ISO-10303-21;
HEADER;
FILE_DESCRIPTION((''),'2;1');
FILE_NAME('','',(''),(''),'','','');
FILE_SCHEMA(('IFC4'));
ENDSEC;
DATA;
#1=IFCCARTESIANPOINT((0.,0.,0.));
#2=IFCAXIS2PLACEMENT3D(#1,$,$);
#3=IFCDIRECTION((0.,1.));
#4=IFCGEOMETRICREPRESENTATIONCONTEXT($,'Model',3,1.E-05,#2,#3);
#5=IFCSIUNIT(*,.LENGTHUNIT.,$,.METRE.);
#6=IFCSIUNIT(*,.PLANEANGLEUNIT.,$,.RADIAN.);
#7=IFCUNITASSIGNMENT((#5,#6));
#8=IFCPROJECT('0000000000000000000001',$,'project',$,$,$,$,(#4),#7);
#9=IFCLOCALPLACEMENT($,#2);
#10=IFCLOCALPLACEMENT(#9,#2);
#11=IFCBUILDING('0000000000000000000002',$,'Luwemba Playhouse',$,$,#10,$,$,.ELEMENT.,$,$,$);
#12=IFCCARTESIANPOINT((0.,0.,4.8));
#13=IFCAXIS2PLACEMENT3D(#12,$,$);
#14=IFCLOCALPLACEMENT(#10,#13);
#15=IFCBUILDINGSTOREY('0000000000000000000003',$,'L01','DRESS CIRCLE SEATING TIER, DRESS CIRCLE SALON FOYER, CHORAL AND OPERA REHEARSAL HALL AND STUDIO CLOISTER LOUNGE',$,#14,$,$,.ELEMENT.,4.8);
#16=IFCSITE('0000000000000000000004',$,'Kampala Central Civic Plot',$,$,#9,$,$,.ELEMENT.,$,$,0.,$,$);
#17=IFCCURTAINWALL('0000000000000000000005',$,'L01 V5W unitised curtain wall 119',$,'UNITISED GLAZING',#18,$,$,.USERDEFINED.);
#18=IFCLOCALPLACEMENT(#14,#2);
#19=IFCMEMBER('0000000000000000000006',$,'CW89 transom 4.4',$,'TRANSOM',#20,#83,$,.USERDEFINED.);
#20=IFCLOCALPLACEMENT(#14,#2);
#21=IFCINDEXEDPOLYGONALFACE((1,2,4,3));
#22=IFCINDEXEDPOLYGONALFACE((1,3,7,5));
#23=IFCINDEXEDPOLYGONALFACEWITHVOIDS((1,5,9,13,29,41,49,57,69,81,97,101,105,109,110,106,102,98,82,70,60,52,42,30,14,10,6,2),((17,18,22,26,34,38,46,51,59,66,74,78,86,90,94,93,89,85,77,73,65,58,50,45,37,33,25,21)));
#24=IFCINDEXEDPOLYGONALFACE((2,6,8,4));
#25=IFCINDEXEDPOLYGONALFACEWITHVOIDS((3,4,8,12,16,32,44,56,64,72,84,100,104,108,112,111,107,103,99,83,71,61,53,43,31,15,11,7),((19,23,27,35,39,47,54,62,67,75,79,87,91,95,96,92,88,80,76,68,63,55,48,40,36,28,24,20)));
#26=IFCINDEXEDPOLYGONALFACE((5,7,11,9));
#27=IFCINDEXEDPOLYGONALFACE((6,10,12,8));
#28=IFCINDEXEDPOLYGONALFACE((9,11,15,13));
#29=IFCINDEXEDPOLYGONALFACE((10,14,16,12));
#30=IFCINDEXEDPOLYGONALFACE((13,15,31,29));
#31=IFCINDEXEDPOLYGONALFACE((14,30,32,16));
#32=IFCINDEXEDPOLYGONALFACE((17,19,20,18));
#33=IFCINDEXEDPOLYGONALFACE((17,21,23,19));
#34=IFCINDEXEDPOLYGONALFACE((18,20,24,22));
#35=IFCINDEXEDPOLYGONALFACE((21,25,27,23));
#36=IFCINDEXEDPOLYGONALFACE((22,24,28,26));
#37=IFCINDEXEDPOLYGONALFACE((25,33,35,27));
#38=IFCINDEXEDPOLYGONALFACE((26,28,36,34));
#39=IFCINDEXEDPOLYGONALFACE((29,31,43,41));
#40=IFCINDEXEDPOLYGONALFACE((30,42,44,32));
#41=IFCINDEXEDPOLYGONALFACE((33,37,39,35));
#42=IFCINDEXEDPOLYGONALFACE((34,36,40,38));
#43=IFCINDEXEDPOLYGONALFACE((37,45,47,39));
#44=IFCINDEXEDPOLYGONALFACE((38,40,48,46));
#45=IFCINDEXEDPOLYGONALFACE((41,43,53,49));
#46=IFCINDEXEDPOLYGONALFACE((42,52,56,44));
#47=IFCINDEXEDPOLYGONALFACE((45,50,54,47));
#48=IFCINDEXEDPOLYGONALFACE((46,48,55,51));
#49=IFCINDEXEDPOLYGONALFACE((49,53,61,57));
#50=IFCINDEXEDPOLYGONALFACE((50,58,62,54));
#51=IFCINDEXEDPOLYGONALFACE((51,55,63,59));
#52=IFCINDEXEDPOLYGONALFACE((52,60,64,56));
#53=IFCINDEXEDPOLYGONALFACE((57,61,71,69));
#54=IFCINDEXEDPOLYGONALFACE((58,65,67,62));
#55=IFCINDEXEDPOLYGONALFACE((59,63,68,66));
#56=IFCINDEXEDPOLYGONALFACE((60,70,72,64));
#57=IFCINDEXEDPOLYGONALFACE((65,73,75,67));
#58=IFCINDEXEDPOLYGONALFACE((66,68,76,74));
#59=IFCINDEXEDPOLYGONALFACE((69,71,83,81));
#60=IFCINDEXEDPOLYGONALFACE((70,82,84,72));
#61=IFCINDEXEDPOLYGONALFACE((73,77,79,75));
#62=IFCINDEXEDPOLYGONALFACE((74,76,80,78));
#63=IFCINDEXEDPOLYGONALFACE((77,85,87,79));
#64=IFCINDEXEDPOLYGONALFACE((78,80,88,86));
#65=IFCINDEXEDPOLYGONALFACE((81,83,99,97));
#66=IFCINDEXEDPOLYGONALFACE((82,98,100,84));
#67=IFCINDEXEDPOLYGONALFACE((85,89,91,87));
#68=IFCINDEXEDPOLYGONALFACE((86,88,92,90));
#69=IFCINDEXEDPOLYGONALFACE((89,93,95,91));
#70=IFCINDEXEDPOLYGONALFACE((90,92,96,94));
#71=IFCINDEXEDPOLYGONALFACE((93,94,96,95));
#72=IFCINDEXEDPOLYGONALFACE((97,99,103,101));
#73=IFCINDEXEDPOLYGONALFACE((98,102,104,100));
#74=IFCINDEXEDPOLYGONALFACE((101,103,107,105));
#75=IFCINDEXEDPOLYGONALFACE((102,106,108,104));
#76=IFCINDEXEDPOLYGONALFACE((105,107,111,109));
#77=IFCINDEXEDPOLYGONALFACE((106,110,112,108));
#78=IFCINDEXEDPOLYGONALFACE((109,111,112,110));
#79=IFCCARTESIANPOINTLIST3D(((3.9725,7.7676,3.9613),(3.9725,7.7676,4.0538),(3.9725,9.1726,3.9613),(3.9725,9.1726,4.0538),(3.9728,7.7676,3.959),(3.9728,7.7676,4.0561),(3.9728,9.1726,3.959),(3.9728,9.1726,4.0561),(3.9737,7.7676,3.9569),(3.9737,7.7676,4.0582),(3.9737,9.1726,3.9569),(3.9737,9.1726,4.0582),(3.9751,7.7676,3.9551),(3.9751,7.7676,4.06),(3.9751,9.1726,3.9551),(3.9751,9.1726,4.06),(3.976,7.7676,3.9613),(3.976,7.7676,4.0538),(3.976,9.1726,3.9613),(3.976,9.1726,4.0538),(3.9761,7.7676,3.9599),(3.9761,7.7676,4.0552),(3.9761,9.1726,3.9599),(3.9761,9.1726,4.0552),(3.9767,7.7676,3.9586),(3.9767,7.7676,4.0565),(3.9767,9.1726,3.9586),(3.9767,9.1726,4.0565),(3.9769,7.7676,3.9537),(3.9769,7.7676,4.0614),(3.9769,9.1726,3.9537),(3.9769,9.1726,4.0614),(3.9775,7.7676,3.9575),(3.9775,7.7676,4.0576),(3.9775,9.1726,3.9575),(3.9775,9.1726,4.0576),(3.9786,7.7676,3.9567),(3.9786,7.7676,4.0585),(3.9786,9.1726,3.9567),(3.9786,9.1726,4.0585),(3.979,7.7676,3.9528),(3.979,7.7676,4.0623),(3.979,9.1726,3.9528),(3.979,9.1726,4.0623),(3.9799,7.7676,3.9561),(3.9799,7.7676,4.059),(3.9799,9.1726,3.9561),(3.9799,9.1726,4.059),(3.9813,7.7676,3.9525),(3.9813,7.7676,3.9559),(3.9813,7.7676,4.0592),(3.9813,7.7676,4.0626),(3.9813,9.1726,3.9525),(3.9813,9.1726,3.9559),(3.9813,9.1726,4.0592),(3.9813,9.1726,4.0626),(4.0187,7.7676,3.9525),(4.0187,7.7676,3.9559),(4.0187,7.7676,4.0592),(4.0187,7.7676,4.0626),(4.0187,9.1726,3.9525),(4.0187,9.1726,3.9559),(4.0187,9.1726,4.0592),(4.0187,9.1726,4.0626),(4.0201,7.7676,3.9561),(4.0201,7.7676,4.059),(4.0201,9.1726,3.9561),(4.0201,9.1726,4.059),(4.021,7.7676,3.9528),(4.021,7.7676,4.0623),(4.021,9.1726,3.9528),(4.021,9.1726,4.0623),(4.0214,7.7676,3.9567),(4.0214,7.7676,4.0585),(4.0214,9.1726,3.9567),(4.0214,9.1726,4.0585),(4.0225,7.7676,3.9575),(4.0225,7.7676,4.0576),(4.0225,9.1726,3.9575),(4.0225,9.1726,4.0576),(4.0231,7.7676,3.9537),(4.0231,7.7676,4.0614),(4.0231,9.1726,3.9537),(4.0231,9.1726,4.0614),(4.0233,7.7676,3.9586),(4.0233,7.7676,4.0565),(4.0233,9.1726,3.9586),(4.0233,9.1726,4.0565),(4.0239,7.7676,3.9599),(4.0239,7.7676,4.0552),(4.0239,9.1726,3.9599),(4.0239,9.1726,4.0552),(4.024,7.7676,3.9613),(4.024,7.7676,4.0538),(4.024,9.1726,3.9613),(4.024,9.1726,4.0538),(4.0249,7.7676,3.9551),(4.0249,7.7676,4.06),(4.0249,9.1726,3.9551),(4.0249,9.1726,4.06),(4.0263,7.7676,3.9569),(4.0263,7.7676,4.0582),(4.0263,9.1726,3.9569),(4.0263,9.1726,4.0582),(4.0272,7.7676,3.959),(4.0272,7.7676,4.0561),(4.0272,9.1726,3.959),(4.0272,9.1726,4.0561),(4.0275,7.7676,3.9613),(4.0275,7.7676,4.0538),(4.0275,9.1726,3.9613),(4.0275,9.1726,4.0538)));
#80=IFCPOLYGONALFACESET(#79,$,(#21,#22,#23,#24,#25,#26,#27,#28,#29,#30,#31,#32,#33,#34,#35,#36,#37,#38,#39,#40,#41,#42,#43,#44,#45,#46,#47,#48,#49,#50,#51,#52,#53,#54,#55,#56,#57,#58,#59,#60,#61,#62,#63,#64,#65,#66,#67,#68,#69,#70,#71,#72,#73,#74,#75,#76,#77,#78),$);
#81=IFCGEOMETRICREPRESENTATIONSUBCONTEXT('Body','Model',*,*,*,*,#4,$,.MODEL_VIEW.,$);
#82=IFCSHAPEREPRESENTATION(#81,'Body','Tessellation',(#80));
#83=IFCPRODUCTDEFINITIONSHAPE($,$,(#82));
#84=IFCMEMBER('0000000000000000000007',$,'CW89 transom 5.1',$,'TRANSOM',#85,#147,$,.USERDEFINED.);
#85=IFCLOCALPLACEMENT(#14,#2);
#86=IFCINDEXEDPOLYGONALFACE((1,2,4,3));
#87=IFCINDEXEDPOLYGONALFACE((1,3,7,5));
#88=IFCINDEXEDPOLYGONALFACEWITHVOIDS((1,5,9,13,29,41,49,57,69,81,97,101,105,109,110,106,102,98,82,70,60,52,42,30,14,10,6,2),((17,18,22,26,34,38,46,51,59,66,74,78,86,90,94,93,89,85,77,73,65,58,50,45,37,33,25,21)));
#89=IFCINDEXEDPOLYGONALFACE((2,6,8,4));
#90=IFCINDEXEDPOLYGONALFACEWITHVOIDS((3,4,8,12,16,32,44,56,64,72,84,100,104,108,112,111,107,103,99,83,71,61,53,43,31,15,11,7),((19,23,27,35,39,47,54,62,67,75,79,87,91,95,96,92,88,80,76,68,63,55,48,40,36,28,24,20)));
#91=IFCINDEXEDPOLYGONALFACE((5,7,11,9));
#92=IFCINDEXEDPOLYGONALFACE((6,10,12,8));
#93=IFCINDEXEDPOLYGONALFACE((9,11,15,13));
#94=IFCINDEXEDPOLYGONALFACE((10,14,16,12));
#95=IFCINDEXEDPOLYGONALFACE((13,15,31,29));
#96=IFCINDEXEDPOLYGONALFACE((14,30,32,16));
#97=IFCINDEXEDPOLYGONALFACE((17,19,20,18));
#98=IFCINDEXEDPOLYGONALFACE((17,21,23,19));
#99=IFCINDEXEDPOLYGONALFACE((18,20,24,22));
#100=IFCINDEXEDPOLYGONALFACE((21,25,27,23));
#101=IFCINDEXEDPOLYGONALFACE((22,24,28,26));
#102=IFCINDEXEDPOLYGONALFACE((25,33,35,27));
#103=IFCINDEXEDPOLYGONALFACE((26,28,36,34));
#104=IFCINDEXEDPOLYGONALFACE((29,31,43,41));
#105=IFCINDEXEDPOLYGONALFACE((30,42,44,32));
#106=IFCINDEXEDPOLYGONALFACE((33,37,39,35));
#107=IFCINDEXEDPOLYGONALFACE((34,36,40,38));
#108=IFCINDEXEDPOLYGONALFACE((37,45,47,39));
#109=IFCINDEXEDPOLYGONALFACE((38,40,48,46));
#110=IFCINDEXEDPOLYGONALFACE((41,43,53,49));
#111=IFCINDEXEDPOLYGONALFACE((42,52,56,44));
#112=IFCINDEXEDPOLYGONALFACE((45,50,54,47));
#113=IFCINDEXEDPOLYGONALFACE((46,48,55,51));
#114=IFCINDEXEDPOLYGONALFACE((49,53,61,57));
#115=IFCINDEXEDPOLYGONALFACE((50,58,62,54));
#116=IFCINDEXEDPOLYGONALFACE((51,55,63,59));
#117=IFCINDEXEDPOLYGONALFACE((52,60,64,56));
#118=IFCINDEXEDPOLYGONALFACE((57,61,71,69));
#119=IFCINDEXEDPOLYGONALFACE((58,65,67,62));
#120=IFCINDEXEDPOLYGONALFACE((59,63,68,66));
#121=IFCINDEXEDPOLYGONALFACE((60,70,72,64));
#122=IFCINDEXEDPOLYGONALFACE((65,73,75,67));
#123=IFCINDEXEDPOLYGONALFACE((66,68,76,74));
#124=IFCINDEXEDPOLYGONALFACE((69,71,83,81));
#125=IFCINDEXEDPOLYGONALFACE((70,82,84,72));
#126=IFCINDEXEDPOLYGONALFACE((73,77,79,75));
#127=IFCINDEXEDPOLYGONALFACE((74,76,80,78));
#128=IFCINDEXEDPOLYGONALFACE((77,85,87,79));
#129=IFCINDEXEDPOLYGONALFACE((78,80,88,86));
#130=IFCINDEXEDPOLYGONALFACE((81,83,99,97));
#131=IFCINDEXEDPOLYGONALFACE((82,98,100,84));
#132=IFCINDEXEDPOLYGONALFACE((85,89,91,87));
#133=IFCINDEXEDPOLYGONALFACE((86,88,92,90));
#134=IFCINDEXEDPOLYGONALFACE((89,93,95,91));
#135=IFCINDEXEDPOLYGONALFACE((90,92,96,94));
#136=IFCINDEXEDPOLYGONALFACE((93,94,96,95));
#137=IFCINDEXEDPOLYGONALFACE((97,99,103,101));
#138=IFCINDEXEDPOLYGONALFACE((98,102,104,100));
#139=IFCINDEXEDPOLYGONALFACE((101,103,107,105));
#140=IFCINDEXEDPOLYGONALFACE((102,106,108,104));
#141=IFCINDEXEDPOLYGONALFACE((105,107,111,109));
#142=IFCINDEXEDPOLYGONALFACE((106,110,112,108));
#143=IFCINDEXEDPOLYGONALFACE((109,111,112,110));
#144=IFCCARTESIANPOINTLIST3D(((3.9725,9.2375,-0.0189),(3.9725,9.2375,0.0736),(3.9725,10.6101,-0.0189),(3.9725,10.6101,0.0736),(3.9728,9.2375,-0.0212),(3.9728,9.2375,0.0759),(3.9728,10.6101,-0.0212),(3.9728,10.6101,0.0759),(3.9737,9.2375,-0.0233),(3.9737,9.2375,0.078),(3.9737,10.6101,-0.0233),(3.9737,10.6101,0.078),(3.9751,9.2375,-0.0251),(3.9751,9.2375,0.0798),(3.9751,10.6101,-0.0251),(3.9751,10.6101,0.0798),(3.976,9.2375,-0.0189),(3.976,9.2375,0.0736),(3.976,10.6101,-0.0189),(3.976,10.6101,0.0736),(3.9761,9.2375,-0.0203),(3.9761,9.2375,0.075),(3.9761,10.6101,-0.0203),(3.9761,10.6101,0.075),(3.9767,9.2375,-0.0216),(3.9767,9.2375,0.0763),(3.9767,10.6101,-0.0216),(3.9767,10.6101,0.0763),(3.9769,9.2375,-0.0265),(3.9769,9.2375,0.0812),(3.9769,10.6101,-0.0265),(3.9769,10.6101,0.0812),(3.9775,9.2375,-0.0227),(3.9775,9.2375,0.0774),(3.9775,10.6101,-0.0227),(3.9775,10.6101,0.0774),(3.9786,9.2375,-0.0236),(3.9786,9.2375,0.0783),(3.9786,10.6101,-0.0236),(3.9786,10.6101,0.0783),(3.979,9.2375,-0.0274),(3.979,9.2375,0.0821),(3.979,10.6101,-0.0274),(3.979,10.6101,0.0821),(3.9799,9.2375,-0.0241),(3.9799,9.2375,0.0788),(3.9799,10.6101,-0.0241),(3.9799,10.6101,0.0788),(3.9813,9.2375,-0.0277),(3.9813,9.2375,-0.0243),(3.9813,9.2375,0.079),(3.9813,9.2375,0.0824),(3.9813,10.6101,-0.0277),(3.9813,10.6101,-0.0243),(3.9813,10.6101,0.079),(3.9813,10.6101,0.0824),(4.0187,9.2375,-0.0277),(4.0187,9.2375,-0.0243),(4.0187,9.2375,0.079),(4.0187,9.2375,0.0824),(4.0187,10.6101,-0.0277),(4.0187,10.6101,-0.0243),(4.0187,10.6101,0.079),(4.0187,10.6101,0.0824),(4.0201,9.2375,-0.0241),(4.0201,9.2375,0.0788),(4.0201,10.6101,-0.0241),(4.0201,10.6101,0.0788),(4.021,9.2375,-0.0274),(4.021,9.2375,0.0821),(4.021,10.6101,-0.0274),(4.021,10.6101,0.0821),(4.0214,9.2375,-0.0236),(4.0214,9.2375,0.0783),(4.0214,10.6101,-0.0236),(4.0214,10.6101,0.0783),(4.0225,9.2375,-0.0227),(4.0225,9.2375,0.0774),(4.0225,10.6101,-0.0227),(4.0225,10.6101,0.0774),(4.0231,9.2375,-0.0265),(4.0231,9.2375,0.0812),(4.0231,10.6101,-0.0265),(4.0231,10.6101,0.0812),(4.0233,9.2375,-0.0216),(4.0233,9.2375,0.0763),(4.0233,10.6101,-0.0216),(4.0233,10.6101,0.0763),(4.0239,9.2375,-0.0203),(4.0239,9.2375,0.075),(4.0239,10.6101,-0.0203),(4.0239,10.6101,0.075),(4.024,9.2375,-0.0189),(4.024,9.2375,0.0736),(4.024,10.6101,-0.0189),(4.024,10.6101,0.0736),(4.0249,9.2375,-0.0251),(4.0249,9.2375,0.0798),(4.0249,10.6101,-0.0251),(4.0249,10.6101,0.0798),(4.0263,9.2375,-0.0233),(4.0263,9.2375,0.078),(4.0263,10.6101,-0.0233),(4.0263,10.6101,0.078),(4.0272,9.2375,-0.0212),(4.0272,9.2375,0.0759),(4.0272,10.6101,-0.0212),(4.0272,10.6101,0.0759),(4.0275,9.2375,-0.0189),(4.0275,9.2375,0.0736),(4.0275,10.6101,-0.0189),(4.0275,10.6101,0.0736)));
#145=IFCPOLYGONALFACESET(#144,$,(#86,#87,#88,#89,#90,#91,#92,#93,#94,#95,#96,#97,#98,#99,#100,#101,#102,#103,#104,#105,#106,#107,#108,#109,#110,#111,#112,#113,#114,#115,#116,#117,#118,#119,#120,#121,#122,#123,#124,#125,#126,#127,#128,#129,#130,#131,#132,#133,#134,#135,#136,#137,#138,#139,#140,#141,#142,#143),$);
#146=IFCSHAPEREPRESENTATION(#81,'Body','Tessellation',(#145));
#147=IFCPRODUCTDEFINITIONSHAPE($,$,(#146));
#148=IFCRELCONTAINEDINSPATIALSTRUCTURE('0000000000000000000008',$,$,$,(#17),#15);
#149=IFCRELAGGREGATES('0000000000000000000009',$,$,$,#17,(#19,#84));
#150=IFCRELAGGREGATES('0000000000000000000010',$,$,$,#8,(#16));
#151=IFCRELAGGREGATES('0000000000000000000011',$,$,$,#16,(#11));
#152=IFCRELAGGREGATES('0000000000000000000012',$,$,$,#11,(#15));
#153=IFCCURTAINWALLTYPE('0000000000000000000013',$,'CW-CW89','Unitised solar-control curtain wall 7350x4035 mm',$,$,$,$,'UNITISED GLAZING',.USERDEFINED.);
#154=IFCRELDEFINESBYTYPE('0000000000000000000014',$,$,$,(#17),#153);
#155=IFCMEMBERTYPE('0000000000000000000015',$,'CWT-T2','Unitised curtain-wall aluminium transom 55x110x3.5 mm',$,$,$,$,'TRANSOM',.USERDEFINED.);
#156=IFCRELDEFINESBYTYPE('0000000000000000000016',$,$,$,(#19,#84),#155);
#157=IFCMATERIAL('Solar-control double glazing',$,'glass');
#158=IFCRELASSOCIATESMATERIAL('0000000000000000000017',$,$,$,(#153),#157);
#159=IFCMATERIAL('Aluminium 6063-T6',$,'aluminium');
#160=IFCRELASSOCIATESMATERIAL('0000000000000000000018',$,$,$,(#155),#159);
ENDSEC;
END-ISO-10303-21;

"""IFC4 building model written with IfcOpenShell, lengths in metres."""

from ifc_helpers import new_model, si_unit, direction, frame, origin, origin_2d, place, context, subcontext, project, spatial, hollow_rectangle, extrude, material, material_profile, profile_set, type_object, element, aggregate, save


model = new_model("IFC4")

# Units and contexts
model_context = context("Model", 3, precision=1e-05, world=origin(), true_north=direction((0.0, 1.0)))
body_context = subcontext(model_context, "Body", "Model", "MODEL_VIEW")
ifc_project = project(units=[si_unit("LENGTHUNIT", "METRE"), si_unit("PLANEANGLEUNIT", "RADIAN")], contexts=[model_context])

# Site, building, storey
site_placement = place(None, origin())
site = spatial("IfcSite", under=ifc_project, at=site_placement, Name="Kampala Central Civic Plot", CompositionType="ELEMENT", RefElevation=0.0)
building_placement = place(site_placement, origin())
building = spatial("IfcBuilding", under=site, at=building_placement, Name="Luwemba Playhouse", CompositionType="ELEMENT")
storey_placement = place(building_placement, frame((0.0, 0.0, 4.8)))
storey = spatial("IfcBuildingStorey", under=building, at=storey_placement, Name="L01", Description="DRESS CIRCLE SEATING TIER, DRESS CIRCLE SALON FOYER, CHORAL AND OPERA REHEARSAL HALL AND STUDIO CLOISTER LOUNGE", CompositionType="ELEMENT", Elevation=4.8)

# Curtain wall, members
ifc_material_1 = material(Name="Solar-control double glazing", Category="glass")
curtain_wall_type = type_object("IfcCurtainWallType", Name="CW-CW89", Description="Unitised solar-control curtain wall 7350x4035 mm", ElementType="UNITISED GLAZING", PredefinedType="USERDEFINED", material=ifc_material_1)
curtain_wall_placement = place(storey_placement, origin())
curtain_wall = element("IfcCurtainWall", 1, at=curtain_wall_placement, inside=storey, type_object=curtain_wall_type, Name="L01 V5W unitised curtain wall 119", ObjectType="UNITISED GLAZING", PredefinedType="USERDEFINED")
ifc_material_2 = material(Name="Aluminium 6063-T6", Category="aluminium")
ifc_material_profile_1 = material_profile(ifc_material_2, hollow_rectangle(XDim=0.0549, YDim=0.1101, WallThickness=0.0034, InnerFilletRadius=0.0054, OuterFilletRadius=0.0088, at=origin_2d()))
ifc_profile_set_1 = profile_set([ifc_material_profile_1], Name="Aluminium 6063-T6")
member_type_1 = type_object("IfcMemberType", Name="CWT-T2", Description="Unitised curtain-wall aluminium transom 55x110x3.5 mm", ElementType="TRANSOM", PredefinedType="USERDEFINED", material=ifc_profile_set_1)
member_1_placement = place(storey_placement, frame((4.0, 7.7676, 4.0076), z_axis=(0.0, 1.0, 0.0), x_axis=(-1.0, 0.0, 0.0)))
member_1 = element("IfcMember", 2, at=member_1_placement, type_object=member_type_1, Name="CW89 transom 4.4", ObjectType="TRANSOM", PredefinedType="USERDEFINED", context=body_context, shape_type="SweptSolid", body=[
    extrude(hollow_rectangle(XDim=0.0549, YDim=0.1101, WallThickness=0.0034, InnerFilletRadius=0.0054, OuterFilletRadius=0.0088, at=origin_2d()), origin(), (0.0, 0.0, 1.0), 1.405),
])
member_2_placement = place(storey_placement, frame((4.0, 9.2375, 0.0273), z_axis=(0.0, 1.0, 0.0), x_axis=(-1.0, 0.0, 0.0)))
member_2 = element("IfcMember", 3, at=member_2_placement, type_object=member_type_1, Name="CW89 transom 5.1", ObjectType="TRANSOM", PredefinedType="USERDEFINED", context=body_context, shape_type="SweptSolid", body=[
    extrude(hollow_rectangle(XDim=0.0549, YDim=0.1101, WallThickness=0.0034, InnerFilletRadius=0.0054, OuterFilletRadius=0.0088, at=origin_2d()), origin(), (0.0, 0.0, 1.0), 1.3726),
])
aggregate(curtain_wall, [member_1, member_2])

save(model, "model.ifc")
